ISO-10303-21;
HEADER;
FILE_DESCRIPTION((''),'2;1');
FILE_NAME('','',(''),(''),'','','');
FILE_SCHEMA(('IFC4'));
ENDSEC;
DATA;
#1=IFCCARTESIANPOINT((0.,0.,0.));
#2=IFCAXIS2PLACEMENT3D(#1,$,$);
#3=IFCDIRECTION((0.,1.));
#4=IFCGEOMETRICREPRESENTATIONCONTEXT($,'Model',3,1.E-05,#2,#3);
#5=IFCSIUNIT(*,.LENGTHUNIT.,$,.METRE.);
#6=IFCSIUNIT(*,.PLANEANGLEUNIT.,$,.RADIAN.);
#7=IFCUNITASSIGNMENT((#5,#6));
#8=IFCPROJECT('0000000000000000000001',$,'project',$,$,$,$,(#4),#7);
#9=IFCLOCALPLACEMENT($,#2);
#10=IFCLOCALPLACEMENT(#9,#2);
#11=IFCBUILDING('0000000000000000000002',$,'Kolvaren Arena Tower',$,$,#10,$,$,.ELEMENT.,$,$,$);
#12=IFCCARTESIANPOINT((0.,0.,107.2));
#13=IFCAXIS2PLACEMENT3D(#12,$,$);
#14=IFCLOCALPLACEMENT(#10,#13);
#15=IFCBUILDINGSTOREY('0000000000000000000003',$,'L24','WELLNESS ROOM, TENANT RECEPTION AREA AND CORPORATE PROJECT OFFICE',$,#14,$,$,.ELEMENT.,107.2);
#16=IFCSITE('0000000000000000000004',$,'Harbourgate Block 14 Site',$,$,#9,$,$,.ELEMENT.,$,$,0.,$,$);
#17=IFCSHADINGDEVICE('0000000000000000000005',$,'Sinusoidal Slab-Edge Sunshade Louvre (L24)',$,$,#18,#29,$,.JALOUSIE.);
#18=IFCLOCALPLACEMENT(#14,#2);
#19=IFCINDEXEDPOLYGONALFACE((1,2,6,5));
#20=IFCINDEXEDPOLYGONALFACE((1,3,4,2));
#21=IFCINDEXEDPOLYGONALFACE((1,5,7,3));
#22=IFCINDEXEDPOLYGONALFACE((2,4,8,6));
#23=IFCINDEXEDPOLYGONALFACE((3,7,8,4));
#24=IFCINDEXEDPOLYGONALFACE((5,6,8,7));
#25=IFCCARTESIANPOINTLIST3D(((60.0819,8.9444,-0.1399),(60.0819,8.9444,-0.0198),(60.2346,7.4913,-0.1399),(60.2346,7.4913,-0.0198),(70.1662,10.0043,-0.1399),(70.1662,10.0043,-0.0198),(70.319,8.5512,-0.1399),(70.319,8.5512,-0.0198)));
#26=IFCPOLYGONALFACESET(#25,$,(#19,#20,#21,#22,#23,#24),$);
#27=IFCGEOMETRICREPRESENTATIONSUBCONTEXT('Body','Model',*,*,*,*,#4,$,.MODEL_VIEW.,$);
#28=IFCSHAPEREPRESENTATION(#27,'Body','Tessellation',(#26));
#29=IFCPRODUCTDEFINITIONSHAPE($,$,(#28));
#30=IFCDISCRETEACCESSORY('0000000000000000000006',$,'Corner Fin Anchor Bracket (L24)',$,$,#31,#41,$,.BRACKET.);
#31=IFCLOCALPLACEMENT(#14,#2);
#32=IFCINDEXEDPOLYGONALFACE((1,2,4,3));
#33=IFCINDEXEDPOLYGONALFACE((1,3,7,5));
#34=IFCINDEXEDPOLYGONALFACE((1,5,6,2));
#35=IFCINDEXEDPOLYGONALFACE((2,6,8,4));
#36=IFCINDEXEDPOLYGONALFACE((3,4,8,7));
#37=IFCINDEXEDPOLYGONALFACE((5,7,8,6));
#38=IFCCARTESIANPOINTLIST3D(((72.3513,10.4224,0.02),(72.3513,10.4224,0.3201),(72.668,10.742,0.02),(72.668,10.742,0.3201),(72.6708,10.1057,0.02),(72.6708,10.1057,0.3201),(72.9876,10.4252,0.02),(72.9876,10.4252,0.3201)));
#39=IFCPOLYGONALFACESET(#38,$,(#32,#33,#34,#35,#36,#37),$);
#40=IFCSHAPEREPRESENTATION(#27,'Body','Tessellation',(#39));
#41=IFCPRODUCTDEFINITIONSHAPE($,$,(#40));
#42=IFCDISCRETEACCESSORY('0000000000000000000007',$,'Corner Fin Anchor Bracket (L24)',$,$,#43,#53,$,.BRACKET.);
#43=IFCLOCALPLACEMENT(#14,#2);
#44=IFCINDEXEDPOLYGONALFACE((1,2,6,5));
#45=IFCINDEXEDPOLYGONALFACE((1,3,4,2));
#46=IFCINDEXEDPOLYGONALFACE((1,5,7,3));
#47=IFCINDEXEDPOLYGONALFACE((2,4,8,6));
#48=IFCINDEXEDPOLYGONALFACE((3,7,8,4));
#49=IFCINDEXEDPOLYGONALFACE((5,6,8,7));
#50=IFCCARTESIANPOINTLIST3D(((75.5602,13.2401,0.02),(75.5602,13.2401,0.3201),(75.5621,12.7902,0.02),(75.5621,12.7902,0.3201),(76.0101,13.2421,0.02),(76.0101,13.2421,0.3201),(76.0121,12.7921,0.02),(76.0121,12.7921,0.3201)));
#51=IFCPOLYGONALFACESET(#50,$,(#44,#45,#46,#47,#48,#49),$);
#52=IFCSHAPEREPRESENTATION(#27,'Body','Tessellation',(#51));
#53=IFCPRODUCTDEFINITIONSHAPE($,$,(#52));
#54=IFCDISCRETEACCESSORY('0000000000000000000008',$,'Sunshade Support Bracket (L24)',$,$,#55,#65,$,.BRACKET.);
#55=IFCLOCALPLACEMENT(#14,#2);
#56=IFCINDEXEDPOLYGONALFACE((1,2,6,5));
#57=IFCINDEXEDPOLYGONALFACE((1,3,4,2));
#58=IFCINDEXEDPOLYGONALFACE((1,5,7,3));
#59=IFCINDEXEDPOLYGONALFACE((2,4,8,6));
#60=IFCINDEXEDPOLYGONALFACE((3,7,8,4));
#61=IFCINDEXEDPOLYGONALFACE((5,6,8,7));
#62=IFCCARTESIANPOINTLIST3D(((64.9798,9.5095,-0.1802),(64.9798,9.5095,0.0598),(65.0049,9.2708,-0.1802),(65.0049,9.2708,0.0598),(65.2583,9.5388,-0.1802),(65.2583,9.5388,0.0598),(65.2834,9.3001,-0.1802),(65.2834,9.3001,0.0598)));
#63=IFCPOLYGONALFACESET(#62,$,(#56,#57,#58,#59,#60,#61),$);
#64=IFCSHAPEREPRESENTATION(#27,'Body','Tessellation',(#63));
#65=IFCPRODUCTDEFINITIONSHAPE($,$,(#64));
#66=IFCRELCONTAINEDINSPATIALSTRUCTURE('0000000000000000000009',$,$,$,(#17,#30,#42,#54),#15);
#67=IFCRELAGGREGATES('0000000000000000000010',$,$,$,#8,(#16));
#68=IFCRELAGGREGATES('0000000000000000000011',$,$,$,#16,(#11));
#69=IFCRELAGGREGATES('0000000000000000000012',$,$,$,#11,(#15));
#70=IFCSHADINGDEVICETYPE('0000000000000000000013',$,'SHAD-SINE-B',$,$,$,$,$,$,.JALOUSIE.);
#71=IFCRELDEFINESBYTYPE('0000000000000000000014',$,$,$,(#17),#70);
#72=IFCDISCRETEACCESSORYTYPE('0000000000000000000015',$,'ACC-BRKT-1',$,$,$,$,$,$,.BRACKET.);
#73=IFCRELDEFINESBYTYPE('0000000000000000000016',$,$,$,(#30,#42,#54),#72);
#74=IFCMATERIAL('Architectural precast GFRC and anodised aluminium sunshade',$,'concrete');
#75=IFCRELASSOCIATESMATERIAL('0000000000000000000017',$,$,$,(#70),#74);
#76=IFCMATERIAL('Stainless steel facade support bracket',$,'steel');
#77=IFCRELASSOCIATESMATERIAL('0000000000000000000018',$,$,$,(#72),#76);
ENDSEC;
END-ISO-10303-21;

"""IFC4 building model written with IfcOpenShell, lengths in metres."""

from ifc_helpers import new_model, si_unit, direction, frame, origin, origin_2d, place, context, subcontext, project, spatial, rectangle, extrude, material, type_object, element, save


model = new_model("IFC4")

# Units and contexts
model_context = context("Model", 3, precision=1e-05, world=origin(), true_north=direction((0.0, 1.0)))
body_context = subcontext(model_context, "Body", "Model", "MODEL_VIEW")
ifc_project = project(units=[si_unit("LENGTHUNIT", "METRE"), si_unit("PLANEANGLEUNIT", "RADIAN")], contexts=[model_context])

# Site, building, storey
site_placement = place(None, origin())
site = spatial("IfcSite", under=ifc_project, at=site_placement, Name="Harbourgate Block 14 Site", CompositionType="ELEMENT", RefElevation=0.0)
building_placement = place(site_placement, origin())
building = spatial("IfcBuilding", under=site, at=building_placement, Name="Kolvaren Arena Tower", CompositionType="ELEMENT")
storey_placement = place(building_placement, frame((0.0, 0.0, 107.2)))
storey = spatial("IfcBuildingStorey", under=building, at=storey_placement, Name="L24", Description="WELLNESS ROOM, TENANT RECEPTION AREA AND CORPORATE PROJECT OFFICE", CompositionType="ELEMENT", Elevation=107.2)

# Shading device
ifc_material_1 = material(Name="Architectural precast GFRC and anodised aluminium sunshade", Category="concrete")
shading_device_type_1 = type_object("IfcShadingDeviceType", Name="SHAD-SINE-B", PredefinedType="JALOUSIE", material=ifc_material_1)
shading_device_placement = place(storey_placement, frame((65.2004, 8.7478, -0.1399), z_axis=(0.0, 0.0, 1.0), x_axis=(-0.994522, -0.104527, 0.0)))
element("IfcShadingDevice", 1, at=shading_device_placement, inside=storey, type_object=shading_device_type_1, Name="Sinusoidal Slab-Edge Sunshade Louvre (L24)", PredefinedType="JALOUSIE", context=body_context, shape_type="SweptSolid", body=[
    extrude(rectangle(XDim=10.1399, YDim=1.4612, at=origin_2d()), origin(), (0.0, 0.0, 1.0), 0.1201),
])

# Discrete accessories
ifc_material_2 = material(Name="Stainless steel facade support bracket", Category="steel")
discrete_accessory_type = type_object("IfcDiscreteAccessoryType", Name="ACC-BRKT-1", PredefinedType="BRACKET", material=ifc_material_2)
for number, where, z_axis, x_axis, name in (
    (2, (72.6694, 10.4238, 0.02), (0.0, 0.0, 1.0), (0.710184, -0.704016, 0.0), "Corner Fin Anchor Bracket (L24)"),
    (3, (75.7861, 13.0161, 0.02), (0.0, 0.0, 1.0), (0.999991, 0.004349, 0.0), "Corner Fin Anchor Bracket (L24)"),
):
    element("IfcDiscreteAccessory", number, at=place(storey_placement, frame(where, z_axis=z_axis, x_axis=x_axis)), inside=storey, type_object=discrete_accessory_type, Name=name, PredefinedType="BRACKET", context=body_context, shape_type="SweptSolid", body=[
        extrude(rectangle(XDim=0.45, YDim=0.45, at=origin_2d()), origin(), (0.0, 0.0, 1.0), 0.3),
    ])
discrete_accessory_placement = place(storey_placement, frame((65.1316, 9.4048, -0.1802), z_axis=(0.0, 0.0, 1.0), x_axis=(-0.994522, -0.104527, 0.0)))
element("IfcDiscreteAccessory", 4, at=discrete_accessory_placement, inside=storey, type_object=discrete_accessory_type, Name="Sunshade Support Bracket (L24)", PredefinedType="BRACKET", context=body_context, shape_type="SweptSolid", body=[
    extrude(rectangle(XDim=0.28, YDim=0.24, at=origin_2d()), origin(), (0.0, 0.0, 1.0), 0.24),
])

save(model, "model.ifc")
